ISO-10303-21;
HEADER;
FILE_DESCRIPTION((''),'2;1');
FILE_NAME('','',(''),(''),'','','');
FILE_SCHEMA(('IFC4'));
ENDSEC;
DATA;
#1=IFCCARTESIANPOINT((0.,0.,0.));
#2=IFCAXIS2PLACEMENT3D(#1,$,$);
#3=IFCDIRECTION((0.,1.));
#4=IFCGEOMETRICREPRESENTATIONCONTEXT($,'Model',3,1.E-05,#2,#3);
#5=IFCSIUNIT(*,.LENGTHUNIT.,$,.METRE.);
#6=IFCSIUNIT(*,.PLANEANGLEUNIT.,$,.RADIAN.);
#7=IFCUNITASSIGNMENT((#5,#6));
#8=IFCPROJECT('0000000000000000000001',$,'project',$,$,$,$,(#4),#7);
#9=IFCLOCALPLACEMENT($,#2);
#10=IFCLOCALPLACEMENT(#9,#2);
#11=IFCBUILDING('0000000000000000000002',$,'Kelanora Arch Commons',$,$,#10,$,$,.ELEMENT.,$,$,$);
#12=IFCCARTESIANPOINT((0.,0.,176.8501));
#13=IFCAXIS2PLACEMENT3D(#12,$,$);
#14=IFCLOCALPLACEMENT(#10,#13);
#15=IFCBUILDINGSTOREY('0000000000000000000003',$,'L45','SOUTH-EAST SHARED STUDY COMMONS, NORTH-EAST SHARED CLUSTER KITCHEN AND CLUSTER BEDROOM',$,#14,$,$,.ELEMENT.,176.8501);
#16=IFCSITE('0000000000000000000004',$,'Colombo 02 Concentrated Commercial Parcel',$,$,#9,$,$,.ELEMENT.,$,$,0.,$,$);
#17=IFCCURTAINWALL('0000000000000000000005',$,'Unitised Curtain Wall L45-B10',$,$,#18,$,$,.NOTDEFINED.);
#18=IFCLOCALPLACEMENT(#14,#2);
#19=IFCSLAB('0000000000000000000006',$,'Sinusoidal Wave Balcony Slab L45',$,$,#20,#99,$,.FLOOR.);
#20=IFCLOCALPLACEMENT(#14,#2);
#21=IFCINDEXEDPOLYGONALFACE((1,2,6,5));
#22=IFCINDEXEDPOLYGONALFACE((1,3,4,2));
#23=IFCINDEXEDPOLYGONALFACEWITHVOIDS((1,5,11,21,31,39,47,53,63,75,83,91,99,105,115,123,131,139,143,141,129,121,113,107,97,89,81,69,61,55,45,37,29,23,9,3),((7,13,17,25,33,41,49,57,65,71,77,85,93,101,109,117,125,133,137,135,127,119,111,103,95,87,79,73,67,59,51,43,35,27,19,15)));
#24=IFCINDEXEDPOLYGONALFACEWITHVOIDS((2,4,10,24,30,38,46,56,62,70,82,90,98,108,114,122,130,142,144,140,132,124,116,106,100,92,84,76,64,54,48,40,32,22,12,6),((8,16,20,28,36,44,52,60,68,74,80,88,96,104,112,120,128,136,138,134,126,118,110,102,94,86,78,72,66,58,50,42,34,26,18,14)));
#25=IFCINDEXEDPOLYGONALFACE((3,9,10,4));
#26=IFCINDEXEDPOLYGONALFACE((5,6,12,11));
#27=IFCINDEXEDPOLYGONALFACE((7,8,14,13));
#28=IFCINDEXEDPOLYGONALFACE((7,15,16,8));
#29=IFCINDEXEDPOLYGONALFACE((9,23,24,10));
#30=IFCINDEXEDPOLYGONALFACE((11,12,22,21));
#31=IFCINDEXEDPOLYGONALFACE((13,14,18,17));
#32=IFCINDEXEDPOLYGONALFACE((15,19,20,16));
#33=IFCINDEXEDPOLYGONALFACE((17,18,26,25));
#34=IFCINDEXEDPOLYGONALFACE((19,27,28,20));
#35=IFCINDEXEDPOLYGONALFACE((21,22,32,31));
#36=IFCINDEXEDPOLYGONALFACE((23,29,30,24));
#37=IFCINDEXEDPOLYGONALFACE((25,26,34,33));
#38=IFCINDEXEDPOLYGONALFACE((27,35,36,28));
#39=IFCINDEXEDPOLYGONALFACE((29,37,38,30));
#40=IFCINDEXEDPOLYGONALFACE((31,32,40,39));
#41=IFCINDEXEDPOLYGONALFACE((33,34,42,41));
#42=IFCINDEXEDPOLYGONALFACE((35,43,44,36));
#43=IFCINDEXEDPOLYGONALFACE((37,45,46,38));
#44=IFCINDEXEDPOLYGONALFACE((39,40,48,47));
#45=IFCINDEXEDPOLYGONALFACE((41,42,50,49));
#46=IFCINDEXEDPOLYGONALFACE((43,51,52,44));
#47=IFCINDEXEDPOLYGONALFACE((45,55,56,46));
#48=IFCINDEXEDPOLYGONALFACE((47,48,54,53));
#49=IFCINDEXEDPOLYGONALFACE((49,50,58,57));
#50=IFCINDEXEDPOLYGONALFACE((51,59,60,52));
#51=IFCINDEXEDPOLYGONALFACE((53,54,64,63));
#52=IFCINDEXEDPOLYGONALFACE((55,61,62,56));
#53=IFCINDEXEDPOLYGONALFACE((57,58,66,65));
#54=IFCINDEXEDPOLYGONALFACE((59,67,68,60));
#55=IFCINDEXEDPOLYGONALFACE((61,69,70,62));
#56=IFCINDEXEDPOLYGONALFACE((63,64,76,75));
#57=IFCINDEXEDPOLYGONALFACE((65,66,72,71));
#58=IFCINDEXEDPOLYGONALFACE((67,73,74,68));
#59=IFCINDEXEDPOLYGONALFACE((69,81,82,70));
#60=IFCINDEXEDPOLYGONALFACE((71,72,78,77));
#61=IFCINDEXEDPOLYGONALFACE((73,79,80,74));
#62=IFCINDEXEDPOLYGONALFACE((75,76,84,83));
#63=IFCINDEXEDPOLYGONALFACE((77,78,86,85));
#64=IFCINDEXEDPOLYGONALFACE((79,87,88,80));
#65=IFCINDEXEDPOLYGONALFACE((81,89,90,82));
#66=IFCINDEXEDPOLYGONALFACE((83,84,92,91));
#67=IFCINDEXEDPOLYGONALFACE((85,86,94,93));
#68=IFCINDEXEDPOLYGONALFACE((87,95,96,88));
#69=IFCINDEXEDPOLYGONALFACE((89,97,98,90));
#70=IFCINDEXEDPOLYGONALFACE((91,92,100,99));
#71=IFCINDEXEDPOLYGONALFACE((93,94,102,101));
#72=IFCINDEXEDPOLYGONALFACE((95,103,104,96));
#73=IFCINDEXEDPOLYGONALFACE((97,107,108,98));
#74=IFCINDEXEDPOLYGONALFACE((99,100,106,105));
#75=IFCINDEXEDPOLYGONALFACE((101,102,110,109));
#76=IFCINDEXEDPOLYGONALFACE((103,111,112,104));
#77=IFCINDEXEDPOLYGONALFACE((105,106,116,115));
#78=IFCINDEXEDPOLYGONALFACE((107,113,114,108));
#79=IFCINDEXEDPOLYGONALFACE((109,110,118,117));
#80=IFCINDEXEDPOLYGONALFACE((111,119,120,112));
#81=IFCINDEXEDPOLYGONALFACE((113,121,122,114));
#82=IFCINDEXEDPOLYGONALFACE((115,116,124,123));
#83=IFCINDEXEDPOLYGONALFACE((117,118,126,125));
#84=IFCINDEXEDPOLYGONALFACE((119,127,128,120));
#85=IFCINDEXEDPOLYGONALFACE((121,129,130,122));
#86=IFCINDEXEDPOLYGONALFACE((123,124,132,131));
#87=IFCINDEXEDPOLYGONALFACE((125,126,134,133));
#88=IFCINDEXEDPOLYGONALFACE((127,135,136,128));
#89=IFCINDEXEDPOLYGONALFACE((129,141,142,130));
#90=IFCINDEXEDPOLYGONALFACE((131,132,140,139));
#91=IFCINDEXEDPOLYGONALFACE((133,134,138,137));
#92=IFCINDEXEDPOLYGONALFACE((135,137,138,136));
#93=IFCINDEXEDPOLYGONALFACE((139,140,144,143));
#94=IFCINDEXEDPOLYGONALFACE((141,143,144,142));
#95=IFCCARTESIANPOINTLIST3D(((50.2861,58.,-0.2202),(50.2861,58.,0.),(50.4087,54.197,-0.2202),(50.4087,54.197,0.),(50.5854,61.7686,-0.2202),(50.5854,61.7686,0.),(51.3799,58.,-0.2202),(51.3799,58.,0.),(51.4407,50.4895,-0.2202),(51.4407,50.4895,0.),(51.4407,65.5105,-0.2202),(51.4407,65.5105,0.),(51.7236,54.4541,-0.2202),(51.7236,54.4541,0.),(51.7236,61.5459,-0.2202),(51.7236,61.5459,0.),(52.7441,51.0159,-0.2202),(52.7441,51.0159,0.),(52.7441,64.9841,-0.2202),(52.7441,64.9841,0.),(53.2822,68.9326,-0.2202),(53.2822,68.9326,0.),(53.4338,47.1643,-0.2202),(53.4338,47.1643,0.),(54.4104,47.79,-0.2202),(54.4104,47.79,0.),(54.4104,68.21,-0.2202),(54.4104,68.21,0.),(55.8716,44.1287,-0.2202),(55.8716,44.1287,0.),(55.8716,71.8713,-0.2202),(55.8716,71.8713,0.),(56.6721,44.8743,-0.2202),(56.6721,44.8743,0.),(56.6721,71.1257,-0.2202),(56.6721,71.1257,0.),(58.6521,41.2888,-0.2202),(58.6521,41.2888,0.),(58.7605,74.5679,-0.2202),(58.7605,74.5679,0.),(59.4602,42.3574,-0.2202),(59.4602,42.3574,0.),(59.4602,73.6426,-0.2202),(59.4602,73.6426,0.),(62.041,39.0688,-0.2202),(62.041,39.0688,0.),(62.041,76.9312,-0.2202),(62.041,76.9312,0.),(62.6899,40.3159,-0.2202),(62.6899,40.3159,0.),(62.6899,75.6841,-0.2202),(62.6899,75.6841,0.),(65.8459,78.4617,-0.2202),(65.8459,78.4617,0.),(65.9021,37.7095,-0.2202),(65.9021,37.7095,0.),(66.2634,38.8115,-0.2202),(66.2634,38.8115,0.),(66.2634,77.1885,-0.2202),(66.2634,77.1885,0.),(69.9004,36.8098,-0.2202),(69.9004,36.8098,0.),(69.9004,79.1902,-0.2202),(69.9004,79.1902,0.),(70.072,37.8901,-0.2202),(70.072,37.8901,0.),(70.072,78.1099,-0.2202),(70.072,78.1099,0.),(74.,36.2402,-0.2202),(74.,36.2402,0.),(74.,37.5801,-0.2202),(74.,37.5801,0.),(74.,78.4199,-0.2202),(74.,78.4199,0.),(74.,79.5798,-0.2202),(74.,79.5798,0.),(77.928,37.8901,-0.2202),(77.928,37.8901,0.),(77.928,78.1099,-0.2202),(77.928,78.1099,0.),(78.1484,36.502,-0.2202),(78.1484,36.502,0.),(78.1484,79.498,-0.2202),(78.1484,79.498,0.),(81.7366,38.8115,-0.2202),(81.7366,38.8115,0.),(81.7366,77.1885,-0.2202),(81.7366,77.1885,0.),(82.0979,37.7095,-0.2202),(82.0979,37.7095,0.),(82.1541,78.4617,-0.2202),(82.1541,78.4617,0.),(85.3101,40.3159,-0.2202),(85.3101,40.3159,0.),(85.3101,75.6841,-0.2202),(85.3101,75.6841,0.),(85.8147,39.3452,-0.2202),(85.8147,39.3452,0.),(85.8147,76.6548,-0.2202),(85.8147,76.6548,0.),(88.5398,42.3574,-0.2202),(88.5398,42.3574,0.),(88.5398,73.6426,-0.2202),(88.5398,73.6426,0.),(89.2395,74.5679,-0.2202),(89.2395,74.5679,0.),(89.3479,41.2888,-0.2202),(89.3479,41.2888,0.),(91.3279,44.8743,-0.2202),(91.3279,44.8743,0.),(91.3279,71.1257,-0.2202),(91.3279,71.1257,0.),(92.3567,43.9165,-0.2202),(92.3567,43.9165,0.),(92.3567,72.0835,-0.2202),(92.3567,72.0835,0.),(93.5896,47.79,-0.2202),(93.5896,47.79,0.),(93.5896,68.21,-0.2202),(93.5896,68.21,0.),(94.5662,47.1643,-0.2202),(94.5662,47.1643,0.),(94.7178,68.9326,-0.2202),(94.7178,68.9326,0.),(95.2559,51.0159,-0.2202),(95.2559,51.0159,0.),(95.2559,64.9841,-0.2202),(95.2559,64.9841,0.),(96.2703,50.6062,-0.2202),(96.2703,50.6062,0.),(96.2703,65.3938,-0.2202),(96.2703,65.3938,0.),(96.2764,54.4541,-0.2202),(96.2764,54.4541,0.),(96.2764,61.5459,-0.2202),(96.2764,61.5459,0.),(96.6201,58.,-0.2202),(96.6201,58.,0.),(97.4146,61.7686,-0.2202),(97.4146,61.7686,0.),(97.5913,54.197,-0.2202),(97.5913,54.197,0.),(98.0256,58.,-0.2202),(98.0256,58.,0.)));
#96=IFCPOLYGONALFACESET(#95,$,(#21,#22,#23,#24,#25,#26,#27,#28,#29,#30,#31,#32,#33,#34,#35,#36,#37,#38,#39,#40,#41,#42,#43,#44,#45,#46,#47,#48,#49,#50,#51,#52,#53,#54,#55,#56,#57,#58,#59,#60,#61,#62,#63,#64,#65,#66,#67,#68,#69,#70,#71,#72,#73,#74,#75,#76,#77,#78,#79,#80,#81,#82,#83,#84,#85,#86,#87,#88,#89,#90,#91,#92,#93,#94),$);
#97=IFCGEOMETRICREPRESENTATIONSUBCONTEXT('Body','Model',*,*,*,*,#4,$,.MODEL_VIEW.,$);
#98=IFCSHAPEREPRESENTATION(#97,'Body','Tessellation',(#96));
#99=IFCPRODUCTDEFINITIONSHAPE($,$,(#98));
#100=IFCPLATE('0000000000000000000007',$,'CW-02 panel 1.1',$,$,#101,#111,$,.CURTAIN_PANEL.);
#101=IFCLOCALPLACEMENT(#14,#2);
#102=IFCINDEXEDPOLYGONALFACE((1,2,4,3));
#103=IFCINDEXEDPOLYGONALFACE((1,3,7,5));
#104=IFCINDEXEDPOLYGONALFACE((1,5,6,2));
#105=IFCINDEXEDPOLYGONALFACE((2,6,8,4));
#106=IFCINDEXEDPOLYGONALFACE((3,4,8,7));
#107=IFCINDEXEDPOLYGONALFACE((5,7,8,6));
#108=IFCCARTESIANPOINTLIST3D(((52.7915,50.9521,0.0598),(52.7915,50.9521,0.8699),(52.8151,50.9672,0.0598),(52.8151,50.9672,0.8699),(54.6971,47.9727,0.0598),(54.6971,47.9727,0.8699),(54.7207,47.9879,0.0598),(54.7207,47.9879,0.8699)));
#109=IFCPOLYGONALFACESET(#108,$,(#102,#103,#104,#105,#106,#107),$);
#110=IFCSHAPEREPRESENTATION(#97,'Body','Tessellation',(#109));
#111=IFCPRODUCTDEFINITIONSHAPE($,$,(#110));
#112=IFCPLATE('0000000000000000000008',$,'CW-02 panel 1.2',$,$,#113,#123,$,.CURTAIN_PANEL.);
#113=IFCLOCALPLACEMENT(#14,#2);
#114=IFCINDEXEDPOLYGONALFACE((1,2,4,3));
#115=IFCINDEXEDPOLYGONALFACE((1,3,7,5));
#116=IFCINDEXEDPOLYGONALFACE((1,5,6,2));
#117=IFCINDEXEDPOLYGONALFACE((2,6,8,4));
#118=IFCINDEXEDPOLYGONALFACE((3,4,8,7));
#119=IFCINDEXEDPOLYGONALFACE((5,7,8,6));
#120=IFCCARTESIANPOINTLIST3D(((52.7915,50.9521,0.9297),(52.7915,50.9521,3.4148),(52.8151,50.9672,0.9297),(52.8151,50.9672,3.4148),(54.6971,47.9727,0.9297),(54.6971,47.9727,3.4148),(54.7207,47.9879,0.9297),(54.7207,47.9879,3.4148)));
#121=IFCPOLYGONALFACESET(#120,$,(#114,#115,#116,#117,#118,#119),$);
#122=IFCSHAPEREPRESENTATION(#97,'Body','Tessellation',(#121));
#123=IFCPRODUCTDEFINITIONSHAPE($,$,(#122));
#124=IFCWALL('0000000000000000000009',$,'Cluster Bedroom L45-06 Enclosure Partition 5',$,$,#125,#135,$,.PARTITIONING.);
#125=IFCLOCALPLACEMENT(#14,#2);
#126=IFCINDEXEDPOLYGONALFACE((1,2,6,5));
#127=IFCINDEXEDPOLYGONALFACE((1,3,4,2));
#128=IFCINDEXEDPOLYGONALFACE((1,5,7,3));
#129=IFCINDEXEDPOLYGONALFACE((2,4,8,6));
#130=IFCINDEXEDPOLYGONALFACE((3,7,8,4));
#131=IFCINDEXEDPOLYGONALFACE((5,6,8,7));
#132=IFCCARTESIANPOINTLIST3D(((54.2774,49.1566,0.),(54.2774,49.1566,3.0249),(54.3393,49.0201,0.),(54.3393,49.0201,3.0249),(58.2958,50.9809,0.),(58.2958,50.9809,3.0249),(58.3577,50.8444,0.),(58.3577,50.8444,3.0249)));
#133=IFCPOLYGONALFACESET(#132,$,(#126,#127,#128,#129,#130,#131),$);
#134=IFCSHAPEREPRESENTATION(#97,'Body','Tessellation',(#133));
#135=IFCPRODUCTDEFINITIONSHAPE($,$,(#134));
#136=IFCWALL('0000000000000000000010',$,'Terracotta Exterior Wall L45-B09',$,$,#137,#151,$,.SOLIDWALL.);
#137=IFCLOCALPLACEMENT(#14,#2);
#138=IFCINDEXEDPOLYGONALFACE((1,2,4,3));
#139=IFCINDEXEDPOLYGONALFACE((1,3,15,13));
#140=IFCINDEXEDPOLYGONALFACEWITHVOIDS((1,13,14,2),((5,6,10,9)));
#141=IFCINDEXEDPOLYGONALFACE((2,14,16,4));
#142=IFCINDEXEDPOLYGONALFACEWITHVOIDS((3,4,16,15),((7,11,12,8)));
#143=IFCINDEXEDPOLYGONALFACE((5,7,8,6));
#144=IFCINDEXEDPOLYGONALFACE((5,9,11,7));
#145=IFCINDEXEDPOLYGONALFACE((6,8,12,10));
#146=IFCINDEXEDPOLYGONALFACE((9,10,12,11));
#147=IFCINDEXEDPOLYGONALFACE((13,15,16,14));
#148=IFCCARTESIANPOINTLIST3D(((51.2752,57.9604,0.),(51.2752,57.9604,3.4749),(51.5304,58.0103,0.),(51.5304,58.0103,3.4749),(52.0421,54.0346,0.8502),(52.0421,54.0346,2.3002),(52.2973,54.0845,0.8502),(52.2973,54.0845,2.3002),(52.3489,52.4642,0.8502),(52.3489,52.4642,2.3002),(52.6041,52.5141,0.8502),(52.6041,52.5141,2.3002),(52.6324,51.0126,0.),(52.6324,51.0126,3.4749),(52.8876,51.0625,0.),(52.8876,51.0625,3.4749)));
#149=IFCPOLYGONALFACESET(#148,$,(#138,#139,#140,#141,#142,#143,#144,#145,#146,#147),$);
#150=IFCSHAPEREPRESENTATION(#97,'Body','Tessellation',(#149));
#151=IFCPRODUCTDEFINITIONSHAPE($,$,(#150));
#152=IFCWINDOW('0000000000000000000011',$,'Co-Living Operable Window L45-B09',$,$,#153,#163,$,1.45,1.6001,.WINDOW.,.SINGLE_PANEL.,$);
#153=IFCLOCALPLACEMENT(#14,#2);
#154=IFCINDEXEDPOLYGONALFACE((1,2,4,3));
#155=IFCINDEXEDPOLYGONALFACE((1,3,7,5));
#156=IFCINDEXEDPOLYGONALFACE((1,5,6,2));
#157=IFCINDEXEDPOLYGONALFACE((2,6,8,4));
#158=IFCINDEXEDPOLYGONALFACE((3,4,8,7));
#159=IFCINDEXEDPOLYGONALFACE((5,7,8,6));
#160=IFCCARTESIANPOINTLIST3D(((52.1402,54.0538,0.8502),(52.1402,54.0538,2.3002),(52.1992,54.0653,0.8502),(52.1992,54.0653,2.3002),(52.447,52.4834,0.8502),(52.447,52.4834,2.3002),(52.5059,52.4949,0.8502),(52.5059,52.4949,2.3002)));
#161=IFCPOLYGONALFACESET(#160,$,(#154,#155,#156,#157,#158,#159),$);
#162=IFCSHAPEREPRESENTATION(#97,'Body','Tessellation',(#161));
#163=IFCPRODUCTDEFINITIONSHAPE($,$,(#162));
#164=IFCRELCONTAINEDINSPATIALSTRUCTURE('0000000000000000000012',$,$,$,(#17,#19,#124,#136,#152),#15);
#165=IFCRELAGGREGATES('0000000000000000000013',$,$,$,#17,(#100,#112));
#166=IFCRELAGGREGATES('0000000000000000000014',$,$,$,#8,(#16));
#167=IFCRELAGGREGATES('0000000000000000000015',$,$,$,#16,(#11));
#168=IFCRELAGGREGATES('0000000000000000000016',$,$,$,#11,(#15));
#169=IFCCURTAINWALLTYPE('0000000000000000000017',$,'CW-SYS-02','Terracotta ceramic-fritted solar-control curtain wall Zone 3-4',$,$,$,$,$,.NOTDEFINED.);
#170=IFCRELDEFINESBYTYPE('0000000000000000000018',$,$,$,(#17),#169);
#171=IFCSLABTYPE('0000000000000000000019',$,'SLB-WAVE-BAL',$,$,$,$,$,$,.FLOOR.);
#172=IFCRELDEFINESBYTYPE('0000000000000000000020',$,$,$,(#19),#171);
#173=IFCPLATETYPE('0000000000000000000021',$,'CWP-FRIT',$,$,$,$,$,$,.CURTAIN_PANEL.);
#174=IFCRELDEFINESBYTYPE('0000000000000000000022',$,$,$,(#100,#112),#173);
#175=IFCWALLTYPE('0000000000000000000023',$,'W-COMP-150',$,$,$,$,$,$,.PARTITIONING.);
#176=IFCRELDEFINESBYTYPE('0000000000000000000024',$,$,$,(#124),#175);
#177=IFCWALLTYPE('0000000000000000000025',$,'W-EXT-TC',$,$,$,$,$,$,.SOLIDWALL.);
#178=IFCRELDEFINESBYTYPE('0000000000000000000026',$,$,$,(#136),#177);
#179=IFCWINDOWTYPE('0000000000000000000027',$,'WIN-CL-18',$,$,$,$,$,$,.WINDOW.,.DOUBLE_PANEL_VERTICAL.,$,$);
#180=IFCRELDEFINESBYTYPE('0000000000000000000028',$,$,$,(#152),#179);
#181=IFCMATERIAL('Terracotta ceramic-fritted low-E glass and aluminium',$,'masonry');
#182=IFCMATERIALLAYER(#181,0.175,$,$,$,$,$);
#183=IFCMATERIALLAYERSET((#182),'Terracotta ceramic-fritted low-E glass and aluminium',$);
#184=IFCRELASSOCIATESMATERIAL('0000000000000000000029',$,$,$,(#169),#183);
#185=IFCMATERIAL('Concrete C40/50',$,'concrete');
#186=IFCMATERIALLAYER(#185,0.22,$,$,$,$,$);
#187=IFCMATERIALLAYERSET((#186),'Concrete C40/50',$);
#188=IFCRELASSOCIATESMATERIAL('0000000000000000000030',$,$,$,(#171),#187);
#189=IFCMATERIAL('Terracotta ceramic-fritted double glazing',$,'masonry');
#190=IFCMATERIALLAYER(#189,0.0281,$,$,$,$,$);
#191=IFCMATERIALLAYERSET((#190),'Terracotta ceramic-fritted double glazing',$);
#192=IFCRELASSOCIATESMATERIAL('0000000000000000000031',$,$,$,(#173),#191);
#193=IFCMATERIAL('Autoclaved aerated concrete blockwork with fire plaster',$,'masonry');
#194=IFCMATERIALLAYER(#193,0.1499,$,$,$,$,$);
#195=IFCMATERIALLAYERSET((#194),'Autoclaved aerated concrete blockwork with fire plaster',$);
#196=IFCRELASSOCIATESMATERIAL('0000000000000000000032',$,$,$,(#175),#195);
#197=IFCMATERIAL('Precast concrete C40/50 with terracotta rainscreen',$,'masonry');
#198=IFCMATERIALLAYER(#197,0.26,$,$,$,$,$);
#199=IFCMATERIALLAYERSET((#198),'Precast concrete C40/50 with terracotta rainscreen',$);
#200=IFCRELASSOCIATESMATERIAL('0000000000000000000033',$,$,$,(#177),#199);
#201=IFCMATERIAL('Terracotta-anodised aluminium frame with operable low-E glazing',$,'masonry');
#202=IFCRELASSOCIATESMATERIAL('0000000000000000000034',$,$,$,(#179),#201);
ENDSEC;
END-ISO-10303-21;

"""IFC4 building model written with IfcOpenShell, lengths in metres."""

from ifc_helpers import new_model, si_unit, direction, frame, frame_2d, origin, origin_2d, place, context, subcontext, project, spatial, polyline, rectangle, outline, extrude, source, transform, mapped, material, layer, layer_set, type_object, element, fill, aggregate, save


model = new_model("IFC4")

# Units and contexts
model_context = context("Model", 3, precision=1e-05, world=origin(), true_north=direction((0.0, 1.0)))
body_context = subcontext(model_context, "Body", "Model", "MODEL_VIEW")
ifc_project = project(units=[si_unit("LENGTHUNIT", "METRE"), si_unit("PLANEANGLEUNIT", "RADIAN")], contexts=[model_context])

# Site, building, storey
site_placement = place(None, origin())
site = spatial("IfcSite", under=ifc_project, at=site_placement, Name="Colombo 02 Concentrated Commercial Parcel", CompositionType="ELEMENT", RefElevation=0.0)
building_placement = place(site_placement, origin())
building = spatial("IfcBuilding", under=site, at=building_placement, Name="Kelanora Arch Commons", CompositionType="ELEMENT")
storey_placement = place(building_placement, frame((0.0, 0.0, 176.8501)))
storey = spatial("IfcBuildingStorey", under=building, at=storey_placement, Name="L45", Description="SOUTH-EAST SHARED STUDY COMMONS, NORTH-EAST SHARED CLUSTER KITCHEN AND CLUSTER BEDROOM", CompositionType="ELEMENT", Elevation=176.8501)

# Shared definitions
ifc_material_1 = material(Name="Terracotta ceramic-fritted low-E glass and aluminium", Category="masonry")
ifc_layer_1 = layer(ifc_material_1, 0.175)
ifc_layer_set_1 = layer_set([ifc_layer_1], Name="Terracotta ceramic-fritted low-E glass and aluminium")
curtain_wall_type = type_object("IfcCurtainWallType", Name="CW-SYS-02", Description="Terracotta ceramic-fritted solar-control curtain wall Zone 3-4", PredefinedType="NOTDEFINED", material=ifc_layer_set_1)

# Curtain wall
curtain_wall_1_placement = place(storey_placement, origin())
curtain_wall_1 = element("IfcCurtainWall", 1, at=curtain_wall_1_placement, inside=storey, type_object=curtain_wall_type, Name="Unitised Curtain Wall L45-B10", PredefinedType="NOTDEFINED")

# Shared definitions
ifc_material_2 = material(Name="Concrete C40/50", Category="concrete")

# Slab
ifc_layer_2 = layer(ifc_material_2, 0.22)
ifc_layer_set_2 = layer_set([ifc_layer_2], Name="Concrete C40/50")
slab_type_1 = type_object("IfcSlabType", Name="SLB-WAVE-BAL", PredefinedType="FLOOR", material=ifc_layer_set_2)
slab_1_placement = place(storey_placement, frame((0.0, 0.0, -0.2202)))
element("IfcSlab", 2, at=slab_1_placement, inside=storey, type_object=slab_type_1, Name="Sinusoidal Wave Balcony Slab L45", PredefinedType="FLOOR", context=body_context, shape_type="SweptSolid", body=[
    extrude(outline(polyline([(98.0256, 58.0), (97.4146, 61.7686), (96.2703, 65.3938), (94.7178, 68.9326), (92.3567, 72.0835), (89.2395, 74.5679), (85.8147, 76.6548), (82.1541, 78.4617), (78.1484, 79.498), (74.0, 79.5798), (69.9004, 79.1902), (65.8459, 78.4617), (62.041, 76.9312), (58.7605, 74.5679), (55.8716, 71.8713), (53.2822, 68.9326), (51.4407, 65.5105), (50.5854, 61.7686), (50.2861, 58.0), (50.4087, 54.197), (51.4407, 50.4895), (53.4338, 47.1643), (55.8716, 44.1287), (58.6521, 41.2888), (62.041, 39.0688), (65.9021, 37.7095), (69.9004, 36.8098), (74.0, 36.2402), (78.1484, 36.502), (82.0979, 37.7095), (85.8147, 39.3452), (89.3479, 41.2888), (92.3567, 43.9165), (94.5662, 47.1643), (96.2703, 50.6062), (97.5913, 54.197), (98.0256, 58.0)]), holes=[polyline([(96.2764, 54.4541), (95.2559, 51.0159), (93.5896, 47.79), (91.3279, 44.8743), (88.5398, 42.3574), (85.3101, 40.3159), (81.7366, 38.8115), (77.928, 37.8901), (74.0, 37.5801), (70.072, 37.8901), (66.2634, 38.8115), (62.6899, 40.3159), (59.4602, 42.3574), (56.6721, 44.8743), (54.4104, 47.79), (52.7441, 51.0159), (51.7236, 54.4541), (51.3799, 58.0), (51.7236, 61.5459), (52.7441, 64.9841), (54.4104, 68.21), (56.6721, 71.1257), (59.4602, 73.6426), (62.6899, 75.6841), (66.2634, 77.1885), (70.072, 78.1099), (74.0, 78.4199), (77.928, 78.1099), (81.7366, 77.1885), (85.3101, 75.6841), (88.5398, 73.6426), (91.3279, 71.1257), (93.5896, 68.21), (95.2559, 64.9841), (96.2764, 61.5459), (96.6201, 58.0), (96.2764, 54.4541)])]), origin(), (0.0, 0.0, 1.0), 0.2202),
])

# Plates
ifc_material_3 = material(Name="Terracotta ceramic-fritted double glazing", Category="masonry")
ifc_layer_3 = layer(ifc_material_3, 0.0281)
ifc_layer_set_3 = layer_set([ifc_layer_3], Name="Terracotta ceramic-fritted double glazing")
plate_type = type_object("IfcPlateType", Name="CWP-FRIT", PredefinedType="CURTAIN_PANEL", material=ifc_layer_set_3)
shared_shape_1 = source(origin(), body_context, "Body", "SweptSolid", [
    extrude(rectangle(XDim=3.5366, YDim=0.0281, at=origin_2d()), origin(), (0.0, 0.0, 1.0), 0.8101),
])
plate_1_placement = place(storey_placement, frame((53.7561, 49.47, 0.0598), z_axis=(0.0, 0.0, 1.0), x_axis=(0.538817, -0.842423, 0.0)))
plate_1 = element("IfcPlate", 3, at=plate_1_placement, type_object=plate_type, Name="CW-02 panel 1.1", PredefinedType="CURTAIN_PANEL", context=body_context, shape_type="MappedRepresentation", body=[
    mapped(shared_shape_1, transform((0.0, 0.0, 0.0), scale=1.0)),
])
shared_shape_2 = source(origin(), body_context, "Body", "SweptSolid", [
    extrude(rectangle(XDim=3.5366, YDim=0.0281, at=origin_2d()), origin(), (0.0, 0.0, 1.0), 2.4851),
])
plate_2_placement = place(storey_placement, frame((53.7561, 49.47, 0.9297), z_axis=(0.0, 0.0, 1.0), x_axis=(0.538817, -0.842423, 0.0)))
plate_2 = element("IfcPlate", 4, at=plate_2_placement, type_object=plate_type, Name="CW-02 panel 1.2", PredefinedType="CURTAIN_PANEL", context=body_context, shape_type="MappedRepresentation", body=[
    mapped(shared_shape_2, transform((0.0, 0.0, 0.0), scale=1.0)),
])
aggregate(curtain_wall_1, [plate_1, plate_2])

# Wall
ifc_material_4 = material(Name="Autoclaved aerated concrete blockwork with fire plaster", Category="masonry")
ifc_layer_4 = layer(ifc_material_4, 0.1499)
ifc_layer_set_4 = layer_set([ifc_layer_4], Name="Autoclaved aerated concrete blockwork with fire plaster")
wall_type_1 = type_object("IfcWallType", Name="W-COMP-150", PredefinedType="PARTITIONING", material=ifc_layer_set_4)
wall_1_placement = place(storey_placement, frame((54.3083, 49.0884, 0.0), z_axis=(0.0, 0.0, 1.0), x_axis=(0.910562, 0.413374, 0.0)))
element("IfcWall", 5, at=wall_1_placement, inside=storey, type_object=wall_type_1, Name="Cluster Bedroom L45-06 Enclosure Partition 5", PredefinedType="PARTITIONING", context=body_context, shape_type="SweptSolid", body=[
    extrude(rectangle(XDim=4.4131, YDim=0.1499, at=frame_2d((2.2065, 0.0))), origin(), (0.0, 0.0, 1.0), 3.0249),
])

# Wall, opening, window
ifc_material_5 = material(Name="Precast concrete C40/50 with terracotta rainscreen", Category="masonry")
ifc_layer_5 = layer(ifc_material_5, 0.26)
ifc_layer_set_5 = layer_set([ifc_layer_5], Name="Precast concrete C40/50 with terracotta rainscreen")
wall_type_2 = type_object("IfcWallType", Name="W-EXT-TC", PredefinedType="SOLIDWALL", material=ifc_layer_set_5)
wall_2_placement = place(storey_placement, frame((51.4028, 57.9854, 0.0), z_axis=(0.0, 0.0, 1.0), x_axis=(0.191717, -0.98145, 0.0)))
wall_2 = element("IfcWall", 6, at=wall_2_placement, inside=storey, type_object=wall_type_2, Name="Terracotta Exterior Wall L45-B09", PredefinedType="SOLIDWALL", context=body_context, shape_type="SweptSolid", body=[
    extrude(rectangle(XDim=7.0791, YDim=0.26, at=frame_2d((3.5396, 0.0))), origin(), (0.0, 0.0, 1.0), 3.4749),
])
opening_placement = place(wall_2_placement, frame((4.0, 0.0, 0.8501)))
opening = element("IfcOpeningElement", 7, at=opening_placement, cuts=wall_2, PredefinedType="OPENING", context=body_context, shape_type="SweptSolid", body=[
    extrude(rectangle(XDim=1.6001, YDim=1.45, at=frame_2d((0.8, 0.7251))), frame((0.0, 0.1401, 0.0), z_axis=(0.0, -1.0, 0.0), x_axis=(1.0, 0.0, 0.0)), (0.0, 0.0, 1.0), 0.28),
])
ifc_material_6 = material(Name="Terracotta-anodised aluminium frame with operable low-E glazing", Category="masonry")
window_type = type_object("IfcWindowType", Name="WIN-CL-18", PartitioningType="DOUBLE_PANEL_VERTICAL", PredefinedType="WINDOW", material=ifc_material_6)
window_placement = place(opening_placement, origin())
window = element("IfcWindow", 8, at=window_placement, inside=storey, type_object=window_type, Name="Co-Living Operable Window L45-B09", OverallHeight=1.45, OverallWidth=1.6001, PartitioningType="SINGLE_PANEL", PredefinedType="WINDOW", context=body_context, shape_type="SweptSolid", body=[
    extrude(rectangle(XDim=1.6001, YDim=1.45, at=frame_2d((0.8, 0.7251))), frame((0.0, 0.03, 0.0), z_axis=(0.0, -1.0, 0.0), x_axis=(1.0, 0.0, 0.0)), (0.0, 0.0, 1.0), 0.0601),
])
fill(opening, window)

save(model, "model.ifc")
